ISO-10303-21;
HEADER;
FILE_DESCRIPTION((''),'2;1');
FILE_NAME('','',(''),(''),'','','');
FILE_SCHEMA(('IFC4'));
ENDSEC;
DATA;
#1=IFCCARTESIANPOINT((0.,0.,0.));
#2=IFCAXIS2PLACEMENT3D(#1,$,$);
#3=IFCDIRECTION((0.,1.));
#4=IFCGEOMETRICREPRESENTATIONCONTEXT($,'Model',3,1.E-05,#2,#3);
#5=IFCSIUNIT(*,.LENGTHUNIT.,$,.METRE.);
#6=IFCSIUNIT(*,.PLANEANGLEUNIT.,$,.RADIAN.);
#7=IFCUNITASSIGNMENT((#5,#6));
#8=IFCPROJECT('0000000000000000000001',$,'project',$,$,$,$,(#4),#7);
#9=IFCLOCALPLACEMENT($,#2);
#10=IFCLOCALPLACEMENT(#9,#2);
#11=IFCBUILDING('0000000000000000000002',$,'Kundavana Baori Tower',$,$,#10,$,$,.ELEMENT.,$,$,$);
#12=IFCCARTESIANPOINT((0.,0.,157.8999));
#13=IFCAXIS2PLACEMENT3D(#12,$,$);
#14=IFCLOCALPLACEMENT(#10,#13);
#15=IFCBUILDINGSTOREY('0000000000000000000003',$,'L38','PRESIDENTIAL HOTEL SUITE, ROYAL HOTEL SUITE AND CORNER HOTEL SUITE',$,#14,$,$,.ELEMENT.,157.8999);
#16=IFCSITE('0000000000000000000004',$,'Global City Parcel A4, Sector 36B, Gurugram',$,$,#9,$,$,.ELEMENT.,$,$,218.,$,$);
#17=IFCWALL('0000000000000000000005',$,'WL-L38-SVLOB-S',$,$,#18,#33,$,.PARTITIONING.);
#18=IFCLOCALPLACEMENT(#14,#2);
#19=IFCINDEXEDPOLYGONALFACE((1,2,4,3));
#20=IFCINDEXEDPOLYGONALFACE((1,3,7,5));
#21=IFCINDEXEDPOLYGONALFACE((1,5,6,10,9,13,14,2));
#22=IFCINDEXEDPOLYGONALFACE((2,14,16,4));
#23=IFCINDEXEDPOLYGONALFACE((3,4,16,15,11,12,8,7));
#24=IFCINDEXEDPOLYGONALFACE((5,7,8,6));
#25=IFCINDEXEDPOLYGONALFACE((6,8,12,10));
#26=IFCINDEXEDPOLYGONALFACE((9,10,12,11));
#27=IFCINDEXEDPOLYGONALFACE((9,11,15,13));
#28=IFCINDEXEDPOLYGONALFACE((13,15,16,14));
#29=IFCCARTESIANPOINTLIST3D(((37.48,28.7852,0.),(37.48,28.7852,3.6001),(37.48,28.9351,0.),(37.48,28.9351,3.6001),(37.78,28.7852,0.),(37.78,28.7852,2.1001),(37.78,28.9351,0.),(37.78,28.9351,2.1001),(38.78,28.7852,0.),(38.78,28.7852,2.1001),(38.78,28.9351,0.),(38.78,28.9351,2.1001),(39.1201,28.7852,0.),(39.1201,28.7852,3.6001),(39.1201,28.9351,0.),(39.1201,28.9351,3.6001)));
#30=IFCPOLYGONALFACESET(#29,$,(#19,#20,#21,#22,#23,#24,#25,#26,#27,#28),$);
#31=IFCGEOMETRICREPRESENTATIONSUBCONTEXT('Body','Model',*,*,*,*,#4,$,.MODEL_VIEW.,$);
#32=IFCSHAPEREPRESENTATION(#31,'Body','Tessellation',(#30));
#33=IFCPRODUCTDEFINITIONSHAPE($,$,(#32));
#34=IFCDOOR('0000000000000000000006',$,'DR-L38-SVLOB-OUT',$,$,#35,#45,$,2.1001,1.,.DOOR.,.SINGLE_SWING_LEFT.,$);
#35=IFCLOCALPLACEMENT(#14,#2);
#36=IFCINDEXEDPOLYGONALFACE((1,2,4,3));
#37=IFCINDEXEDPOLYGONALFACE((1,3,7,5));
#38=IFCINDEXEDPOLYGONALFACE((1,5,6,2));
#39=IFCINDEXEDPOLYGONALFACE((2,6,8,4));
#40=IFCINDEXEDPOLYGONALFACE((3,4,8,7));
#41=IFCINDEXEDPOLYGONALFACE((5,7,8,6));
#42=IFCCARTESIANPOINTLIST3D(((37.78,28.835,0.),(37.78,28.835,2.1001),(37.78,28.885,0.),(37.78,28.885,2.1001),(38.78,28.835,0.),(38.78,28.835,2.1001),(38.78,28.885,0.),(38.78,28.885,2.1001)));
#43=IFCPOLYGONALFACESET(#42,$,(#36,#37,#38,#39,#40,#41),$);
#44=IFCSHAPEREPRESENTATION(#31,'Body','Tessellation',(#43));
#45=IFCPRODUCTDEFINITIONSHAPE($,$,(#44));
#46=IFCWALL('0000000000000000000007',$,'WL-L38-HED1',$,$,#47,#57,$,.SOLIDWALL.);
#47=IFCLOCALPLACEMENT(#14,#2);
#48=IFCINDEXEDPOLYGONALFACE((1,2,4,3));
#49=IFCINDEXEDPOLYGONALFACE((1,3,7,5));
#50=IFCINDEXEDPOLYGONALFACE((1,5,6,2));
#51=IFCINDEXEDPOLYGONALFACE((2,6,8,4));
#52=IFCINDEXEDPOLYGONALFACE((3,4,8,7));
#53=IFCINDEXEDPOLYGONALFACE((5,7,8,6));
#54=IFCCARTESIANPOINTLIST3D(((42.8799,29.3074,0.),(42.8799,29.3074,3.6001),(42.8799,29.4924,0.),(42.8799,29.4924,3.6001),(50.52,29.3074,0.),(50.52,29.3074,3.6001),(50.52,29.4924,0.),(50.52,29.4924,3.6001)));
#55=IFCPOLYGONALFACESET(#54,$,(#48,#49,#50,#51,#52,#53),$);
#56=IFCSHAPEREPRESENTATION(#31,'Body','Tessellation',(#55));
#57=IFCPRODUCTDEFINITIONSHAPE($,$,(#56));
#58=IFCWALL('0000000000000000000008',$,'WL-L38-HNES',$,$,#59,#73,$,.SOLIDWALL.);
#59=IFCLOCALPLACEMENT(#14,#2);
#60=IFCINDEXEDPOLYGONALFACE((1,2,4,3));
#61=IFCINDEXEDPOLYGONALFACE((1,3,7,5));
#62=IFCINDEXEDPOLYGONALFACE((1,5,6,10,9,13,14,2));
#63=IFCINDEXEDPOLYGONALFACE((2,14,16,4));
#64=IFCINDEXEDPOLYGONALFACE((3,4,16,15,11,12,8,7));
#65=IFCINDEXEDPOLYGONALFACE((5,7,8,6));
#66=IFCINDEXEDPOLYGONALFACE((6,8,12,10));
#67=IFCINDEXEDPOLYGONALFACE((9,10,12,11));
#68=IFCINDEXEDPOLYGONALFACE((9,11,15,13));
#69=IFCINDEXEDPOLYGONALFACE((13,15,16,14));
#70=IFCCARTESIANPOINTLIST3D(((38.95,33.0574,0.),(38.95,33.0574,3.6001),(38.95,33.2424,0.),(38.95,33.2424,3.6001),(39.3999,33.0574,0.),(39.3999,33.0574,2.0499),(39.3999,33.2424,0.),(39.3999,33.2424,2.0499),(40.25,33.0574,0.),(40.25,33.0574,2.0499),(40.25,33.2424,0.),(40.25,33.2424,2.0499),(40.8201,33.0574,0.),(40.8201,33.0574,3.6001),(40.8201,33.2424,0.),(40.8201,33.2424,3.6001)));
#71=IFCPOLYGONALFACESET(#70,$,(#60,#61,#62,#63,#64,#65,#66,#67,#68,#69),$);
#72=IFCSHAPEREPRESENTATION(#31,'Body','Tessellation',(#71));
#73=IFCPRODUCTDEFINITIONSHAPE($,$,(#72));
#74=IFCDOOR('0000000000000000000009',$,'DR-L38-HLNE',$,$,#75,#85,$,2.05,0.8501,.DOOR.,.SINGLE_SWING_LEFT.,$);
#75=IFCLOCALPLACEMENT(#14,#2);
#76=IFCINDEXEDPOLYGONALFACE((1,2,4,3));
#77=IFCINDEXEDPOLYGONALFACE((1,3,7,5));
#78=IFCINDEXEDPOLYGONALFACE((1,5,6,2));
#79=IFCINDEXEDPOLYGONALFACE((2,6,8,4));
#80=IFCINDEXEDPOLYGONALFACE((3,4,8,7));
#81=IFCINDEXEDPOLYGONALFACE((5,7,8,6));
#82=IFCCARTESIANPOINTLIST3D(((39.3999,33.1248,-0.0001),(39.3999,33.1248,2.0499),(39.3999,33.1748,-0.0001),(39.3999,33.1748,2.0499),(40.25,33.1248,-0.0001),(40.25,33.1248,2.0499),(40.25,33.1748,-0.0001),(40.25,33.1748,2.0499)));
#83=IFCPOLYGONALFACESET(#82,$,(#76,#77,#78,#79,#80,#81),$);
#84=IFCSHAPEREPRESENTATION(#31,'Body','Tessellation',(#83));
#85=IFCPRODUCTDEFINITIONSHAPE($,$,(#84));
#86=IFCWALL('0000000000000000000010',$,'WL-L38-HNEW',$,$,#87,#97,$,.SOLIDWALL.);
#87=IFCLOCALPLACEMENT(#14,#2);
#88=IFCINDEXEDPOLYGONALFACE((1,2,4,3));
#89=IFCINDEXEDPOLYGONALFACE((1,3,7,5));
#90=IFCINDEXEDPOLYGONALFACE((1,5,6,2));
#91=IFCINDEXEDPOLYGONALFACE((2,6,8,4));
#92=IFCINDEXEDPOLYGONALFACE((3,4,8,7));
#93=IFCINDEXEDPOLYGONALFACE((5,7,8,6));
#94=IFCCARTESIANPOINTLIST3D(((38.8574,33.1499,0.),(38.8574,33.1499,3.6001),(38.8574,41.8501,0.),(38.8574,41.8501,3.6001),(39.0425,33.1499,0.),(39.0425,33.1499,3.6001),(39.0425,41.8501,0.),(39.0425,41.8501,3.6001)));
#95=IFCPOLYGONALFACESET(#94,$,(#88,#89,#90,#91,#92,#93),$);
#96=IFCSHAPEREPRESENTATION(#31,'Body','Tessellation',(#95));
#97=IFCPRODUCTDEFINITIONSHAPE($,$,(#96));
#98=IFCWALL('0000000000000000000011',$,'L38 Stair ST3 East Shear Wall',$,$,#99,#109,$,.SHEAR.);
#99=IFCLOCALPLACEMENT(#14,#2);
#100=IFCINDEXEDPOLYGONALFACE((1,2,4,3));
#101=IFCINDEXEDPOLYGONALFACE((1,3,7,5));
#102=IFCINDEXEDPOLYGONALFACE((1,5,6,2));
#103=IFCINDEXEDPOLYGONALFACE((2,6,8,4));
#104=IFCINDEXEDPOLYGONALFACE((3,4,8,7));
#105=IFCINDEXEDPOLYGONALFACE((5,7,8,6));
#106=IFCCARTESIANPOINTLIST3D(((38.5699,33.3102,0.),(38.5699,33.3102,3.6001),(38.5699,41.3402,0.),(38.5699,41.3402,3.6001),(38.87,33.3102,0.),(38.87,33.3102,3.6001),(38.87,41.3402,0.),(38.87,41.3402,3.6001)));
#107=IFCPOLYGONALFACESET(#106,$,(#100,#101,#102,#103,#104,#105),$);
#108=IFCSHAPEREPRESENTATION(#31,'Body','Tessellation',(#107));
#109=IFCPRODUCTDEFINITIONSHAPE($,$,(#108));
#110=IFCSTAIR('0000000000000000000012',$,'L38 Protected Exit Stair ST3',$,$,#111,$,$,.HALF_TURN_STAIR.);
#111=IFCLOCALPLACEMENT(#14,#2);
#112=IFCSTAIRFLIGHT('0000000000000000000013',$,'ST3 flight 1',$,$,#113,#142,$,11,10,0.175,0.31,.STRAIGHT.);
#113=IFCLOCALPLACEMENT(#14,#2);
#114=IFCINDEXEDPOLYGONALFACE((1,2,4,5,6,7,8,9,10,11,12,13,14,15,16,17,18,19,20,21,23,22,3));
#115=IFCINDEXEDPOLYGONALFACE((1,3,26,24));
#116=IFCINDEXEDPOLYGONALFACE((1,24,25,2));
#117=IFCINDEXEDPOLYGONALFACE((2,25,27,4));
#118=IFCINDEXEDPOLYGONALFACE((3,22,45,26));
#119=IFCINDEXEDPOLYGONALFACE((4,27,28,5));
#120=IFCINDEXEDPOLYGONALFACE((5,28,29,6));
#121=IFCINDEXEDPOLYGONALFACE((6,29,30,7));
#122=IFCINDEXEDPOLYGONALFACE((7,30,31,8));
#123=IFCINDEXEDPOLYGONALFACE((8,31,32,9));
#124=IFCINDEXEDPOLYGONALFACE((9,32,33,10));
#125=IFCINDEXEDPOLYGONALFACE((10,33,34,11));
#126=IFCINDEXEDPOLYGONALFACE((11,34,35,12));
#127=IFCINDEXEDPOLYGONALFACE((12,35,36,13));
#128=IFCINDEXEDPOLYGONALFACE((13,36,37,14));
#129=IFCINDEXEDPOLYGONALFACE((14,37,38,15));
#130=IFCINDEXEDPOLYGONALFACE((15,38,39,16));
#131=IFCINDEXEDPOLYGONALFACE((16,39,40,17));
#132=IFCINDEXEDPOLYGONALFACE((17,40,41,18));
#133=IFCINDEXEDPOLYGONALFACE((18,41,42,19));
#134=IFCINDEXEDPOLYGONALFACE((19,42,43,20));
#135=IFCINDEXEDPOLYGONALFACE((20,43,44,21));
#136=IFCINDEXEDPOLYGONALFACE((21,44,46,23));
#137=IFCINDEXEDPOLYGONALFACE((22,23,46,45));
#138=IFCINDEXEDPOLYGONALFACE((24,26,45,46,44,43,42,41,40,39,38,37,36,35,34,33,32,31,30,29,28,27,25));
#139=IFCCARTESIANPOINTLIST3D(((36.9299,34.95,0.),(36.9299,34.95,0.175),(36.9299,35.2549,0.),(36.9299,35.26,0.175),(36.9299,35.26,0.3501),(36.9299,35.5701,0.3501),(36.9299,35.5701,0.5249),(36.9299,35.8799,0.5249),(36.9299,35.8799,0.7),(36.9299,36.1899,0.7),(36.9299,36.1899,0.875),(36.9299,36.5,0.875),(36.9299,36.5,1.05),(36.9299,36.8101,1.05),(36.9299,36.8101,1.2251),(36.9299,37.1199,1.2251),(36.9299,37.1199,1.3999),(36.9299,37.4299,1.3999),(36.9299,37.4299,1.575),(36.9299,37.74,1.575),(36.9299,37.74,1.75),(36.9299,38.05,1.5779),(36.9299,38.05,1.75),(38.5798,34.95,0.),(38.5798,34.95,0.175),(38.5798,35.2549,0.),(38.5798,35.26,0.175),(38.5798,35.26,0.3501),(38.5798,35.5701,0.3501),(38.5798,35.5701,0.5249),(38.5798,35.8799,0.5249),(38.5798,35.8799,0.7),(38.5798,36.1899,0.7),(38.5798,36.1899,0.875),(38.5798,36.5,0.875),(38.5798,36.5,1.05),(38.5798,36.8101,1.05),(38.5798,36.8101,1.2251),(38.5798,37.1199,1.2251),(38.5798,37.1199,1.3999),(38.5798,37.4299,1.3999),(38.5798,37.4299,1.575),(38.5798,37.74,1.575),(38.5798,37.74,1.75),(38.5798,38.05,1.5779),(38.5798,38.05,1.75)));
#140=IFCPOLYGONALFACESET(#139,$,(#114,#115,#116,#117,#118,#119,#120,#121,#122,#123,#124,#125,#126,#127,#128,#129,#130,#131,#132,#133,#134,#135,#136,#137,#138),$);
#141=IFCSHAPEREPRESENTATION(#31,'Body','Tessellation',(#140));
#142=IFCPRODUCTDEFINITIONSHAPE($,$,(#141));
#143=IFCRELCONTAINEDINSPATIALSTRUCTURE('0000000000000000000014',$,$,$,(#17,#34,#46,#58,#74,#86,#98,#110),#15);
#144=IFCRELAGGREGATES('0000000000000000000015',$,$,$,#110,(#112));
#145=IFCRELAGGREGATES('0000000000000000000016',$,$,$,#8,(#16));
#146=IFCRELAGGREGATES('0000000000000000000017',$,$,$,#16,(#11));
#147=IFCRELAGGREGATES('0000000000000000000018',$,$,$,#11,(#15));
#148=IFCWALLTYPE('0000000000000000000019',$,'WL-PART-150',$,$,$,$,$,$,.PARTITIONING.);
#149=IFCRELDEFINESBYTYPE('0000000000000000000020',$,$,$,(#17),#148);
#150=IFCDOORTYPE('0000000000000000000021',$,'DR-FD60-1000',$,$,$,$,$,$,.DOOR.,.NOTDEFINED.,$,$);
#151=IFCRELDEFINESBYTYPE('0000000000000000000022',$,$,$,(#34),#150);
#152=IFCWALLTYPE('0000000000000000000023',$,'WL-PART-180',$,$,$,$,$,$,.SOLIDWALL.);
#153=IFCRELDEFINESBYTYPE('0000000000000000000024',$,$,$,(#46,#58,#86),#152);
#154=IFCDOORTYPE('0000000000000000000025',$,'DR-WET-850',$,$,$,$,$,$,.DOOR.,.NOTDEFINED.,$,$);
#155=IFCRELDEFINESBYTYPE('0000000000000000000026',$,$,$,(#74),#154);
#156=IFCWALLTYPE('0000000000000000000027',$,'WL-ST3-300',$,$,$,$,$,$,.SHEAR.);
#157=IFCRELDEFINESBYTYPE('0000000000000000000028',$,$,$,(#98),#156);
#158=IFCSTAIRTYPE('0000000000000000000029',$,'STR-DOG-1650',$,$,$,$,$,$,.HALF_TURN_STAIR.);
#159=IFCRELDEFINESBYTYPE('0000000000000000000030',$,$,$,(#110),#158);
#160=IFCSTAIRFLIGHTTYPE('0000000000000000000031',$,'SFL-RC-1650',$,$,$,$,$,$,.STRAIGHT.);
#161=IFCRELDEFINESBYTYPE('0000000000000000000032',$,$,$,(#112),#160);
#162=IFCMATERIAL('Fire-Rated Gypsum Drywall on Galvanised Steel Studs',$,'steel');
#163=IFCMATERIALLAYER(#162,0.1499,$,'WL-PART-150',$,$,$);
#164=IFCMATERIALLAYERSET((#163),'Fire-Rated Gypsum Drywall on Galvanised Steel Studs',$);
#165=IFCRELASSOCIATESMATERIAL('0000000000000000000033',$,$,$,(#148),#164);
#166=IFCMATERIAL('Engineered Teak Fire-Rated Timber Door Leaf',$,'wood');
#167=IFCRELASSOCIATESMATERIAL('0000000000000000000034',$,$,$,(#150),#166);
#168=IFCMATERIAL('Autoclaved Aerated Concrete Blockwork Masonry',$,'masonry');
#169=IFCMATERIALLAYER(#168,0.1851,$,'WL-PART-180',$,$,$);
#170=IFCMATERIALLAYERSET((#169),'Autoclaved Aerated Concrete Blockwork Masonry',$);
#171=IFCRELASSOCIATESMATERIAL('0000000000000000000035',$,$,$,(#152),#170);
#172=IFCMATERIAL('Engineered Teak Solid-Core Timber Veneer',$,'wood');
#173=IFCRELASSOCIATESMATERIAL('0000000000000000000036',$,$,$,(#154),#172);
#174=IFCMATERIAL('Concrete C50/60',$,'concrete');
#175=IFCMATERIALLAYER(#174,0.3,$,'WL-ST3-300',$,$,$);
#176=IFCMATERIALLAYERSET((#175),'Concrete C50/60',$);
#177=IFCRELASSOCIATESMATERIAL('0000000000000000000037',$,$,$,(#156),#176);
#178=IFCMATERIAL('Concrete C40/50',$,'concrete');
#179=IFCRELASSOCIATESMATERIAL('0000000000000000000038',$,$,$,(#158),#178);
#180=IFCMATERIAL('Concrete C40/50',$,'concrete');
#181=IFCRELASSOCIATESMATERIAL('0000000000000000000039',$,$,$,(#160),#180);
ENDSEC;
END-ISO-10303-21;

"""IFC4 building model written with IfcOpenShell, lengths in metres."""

from ifc_helpers import new_model, si_unit, direction, frame, frame_2d, origin, place, context, subcontext, project, spatial, polyline, rectangle, outline, extrude, material, layer, layer_set, type_object, element, fill, aggregate, save


model = new_model("IFC4")

# Units and contexts
model_context = context("Model", 3, precision=1e-05, world=origin(), true_north=direction((0.0, 1.0)))
body_context = subcontext(model_context, "Body", "Model", "MODEL_VIEW")
ifc_project = project(units=[si_unit("LENGTHUNIT", "METRE"), si_unit("PLANEANGLEUNIT", "RADIAN")], contexts=[model_context])

# Site, building, storey
site_placement = place(None, origin())
site = spatial("IfcSite", under=ifc_project, at=site_placement, Name="Global City Parcel A4, Sector 36B, Gurugram", CompositionType="ELEMENT", RefElevation=218.0)
building_placement = place(site_placement, origin())
building = spatial("IfcBuilding", under=site, at=building_placement, Name="Kundavana Baori Tower", CompositionType="ELEMENT")
storey_placement = place(building_placement, frame((0.0, 0.0, 157.8999)))
storey = spatial("IfcBuildingStorey", under=building, at=storey_placement, Name="L38", Description="PRESIDENTIAL HOTEL SUITE, ROYAL HOTEL SUITE AND CORNER HOTEL SUITE", CompositionType="ELEMENT", Elevation=157.8999)

# Shared definitions
ifc_material_1 = material(Name="Fire-Rated Gypsum Drywall on Galvanised Steel Studs", Category="steel")
ifc_layer_1 = layer(ifc_material_1, 0.1499, Name="WL-PART-150")
ifc_layer_set_1 = layer_set([ifc_layer_1], Name="Fire-Rated Gypsum Drywall on Galvanised Steel Studs")
wall_type_1 = type_object("IfcWallType", Name="WL-PART-150", PredefinedType="PARTITIONING", material=ifc_layer_set_1)

# Wall, opening, door
wall_1_placement = place(storey_placement, frame((37.48, 28.8601, 0.0), z_axis=(0.0, 0.0, 1.0), x_axis=(1.0, 0.0, 0.0)))
wall_1 = element("IfcWall", 1, at=wall_1_placement, inside=storey, type_object=wall_type_1, Name="WL-L38-SVLOB-S", PredefinedType="PARTITIONING", context=body_context, shape_type="SweptSolid", body=[
    extrude(rectangle(XDim=1.6401, YDim=0.1499, at=frame_2d((0.8201, 0.0))), origin(), (0.0, 0.0, 1.0), 3.6001),
])
opening_1_placement = place(wall_1_placement, frame((0.3, 0.0, 0.0)))
opening_1 = element("IfcOpeningElement", 2, at=opening_1_placement, cuts=wall_1, PredefinedType="OPENING", context=body_context, shape_type="SweptSolid", body=[
    extrude(rectangle(XDim=1.0, YDim=2.1001, at=frame_2d((0.5, 1.05))), frame((0.0, 0.085, 0.0), z_axis=(0.0, -1.0, 0.0), x_axis=(1.0, 0.0, 0.0)), (0.0, 0.0, 1.0), 0.1699),
])
ifc_material_2 = material(Name="Engineered Teak Fire-Rated Timber Door Leaf", Category="wood")
door_type_1 = type_object("IfcDoorType", Name="DR-FD60-1000", OperationType="NOTDEFINED", PredefinedType="DOOR", material=ifc_material_2)
door_1_placement = place(opening_1_placement, origin())
door_1 = element("IfcDoor", 3, at=door_1_placement, inside=storey, type_object=door_type_1, Name="DR-L38-SVLOB-OUT", OperationType="SINGLE_SWING_LEFT", OverallHeight=2.1001, OverallWidth=1.0, PredefinedType="DOOR", context=body_context, shape_type="SweptSolid", body=[
    extrude(rectangle(XDim=1.0, YDim=2.1001, at=frame_2d((0.5, 1.05))), frame((0.0, 0.0249, 0.0), z_axis=(0.0, -1.0, 0.0), x_axis=(1.0, 0.0, 0.0)), (0.0, 0.0, 1.0), 0.05),
])
fill(opening_1, door_1)

# Wall
ifc_material_3 = material(Name="Autoclaved Aerated Concrete Blockwork Masonry", Category="masonry")
ifc_layer_2 = layer(ifc_material_3, 0.1851, Name="WL-PART-180")
ifc_layer_set_2 = layer_set([ifc_layer_2], Name="Autoclaved Aerated Concrete Blockwork Masonry")
wall_type_2 = type_object("IfcWallType", Name="WL-PART-180", PredefinedType="SOLIDWALL", material=ifc_layer_set_2)
wall_2_placement = place(storey_placement, frame((42.8799, 29.3999, 0.0), z_axis=(0.0, 0.0, 1.0), x_axis=(1.0, 0.0, 0.0)))
element("IfcWall", 4, at=wall_2_placement, inside=storey, type_object=wall_type_2, Name="WL-L38-HED1", PredefinedType="SOLIDWALL", context=body_context, shape_type="SweptSolid", body=[
    extrude(rectangle(XDim=7.6401, YDim=0.1851, at=frame_2d((3.8201, 0.0))), origin(), (0.0, 0.0, 1.0), 3.6001),
])

# Wall, opening, door
wall_3_placement = place(storey_placement, frame((38.95, 33.1499, 0.0), z_axis=(0.0, 0.0, 1.0), x_axis=(1.0, 0.0, 0.0)))
wall_3 = element("IfcWall", 5, at=wall_3_placement, inside=storey, type_object=wall_type_2, Name="WL-L38-HNES", PredefinedType="SOLIDWALL", context=body_context, shape_type="SweptSolid", body=[
    extrude(rectangle(XDim=1.8701, YDim=0.1851, at=frame_2d((0.9351, 0.0))), origin(), (0.0, 0.0, 1.0), 3.6001),
])
opening_2_placement = place(wall_3_placement, frame((0.45, 0.0, 0.0)))
opening_2 = element("IfcOpeningElement", 6, at=opening_2_placement, cuts=wall_3, PredefinedType="OPENING", context=body_context, shape_type="SweptSolid", body=[
    extrude(rectangle(XDim=0.8501, YDim=2.05, at=frame_2d((0.425, 1.0249))), frame((0.0, 0.1025, 0.0), z_axis=(0.0, -1.0, 0.0), x_axis=(1.0, 0.0, 0.0)), (0.0, 0.0, 1.0), 0.2051),
])
ifc_material_4 = material(Name="Engineered Teak Solid-Core Timber Veneer", Category="wood")
door_type_2 = type_object("IfcDoorType", Name="DR-WET-850", OperationType="NOTDEFINED", PredefinedType="DOOR", material=ifc_material_4)
door_2_placement = place(opening_2_placement, origin())
door_2 = element("IfcDoor", 7, at=door_2_placement, inside=storey, type_object=door_type_2, Name="DR-L38-HLNE", OperationType="SINGLE_SWING_LEFT", OverallHeight=2.05, OverallWidth=0.8501, PredefinedType="DOOR", context=body_context, shape_type="SweptSolid", body=[
    extrude(rectangle(XDim=0.8501, YDim=2.05, at=frame_2d((0.425, 1.0249))), frame((0.0, 0.0249, 0.0), z_axis=(0.0, -1.0, 0.0), x_axis=(1.0, 0.0, 0.0)), (0.0, 0.0, 1.0), 0.05),
])
fill(opening_2, door_2)

# Wall
wall_4_placement = place(storey_placement, frame((38.95, 33.1499, 0.0), z_axis=(0.0, 0.0, 1.0), x_axis=(0.0, 1.0, 0.0)))
element("IfcWall", 8, at=wall_4_placement, inside=storey, type_object=wall_type_2, Name="WL-L38-HNEW", PredefinedType="SOLIDWALL", context=body_context, shape_type="SweptSolid", body=[
    extrude(rectangle(XDim=8.7002, YDim=0.1851, at=frame_2d((4.3501, 0.0))), origin(), (0.0, 0.0, 1.0), 3.6001),
])

# Wall
ifc_material_5 = material(Name="Concrete C50/60", Category="concrete")
ifc_layer_3 = layer(ifc_material_5, 0.3, Name="WL-ST3-300")
ifc_layer_set_3 = layer_set([ifc_layer_3], Name="Concrete C50/60")
wall_type_3 = type_object("IfcWallType", Name="WL-ST3-300", PredefinedType="SHEAR", material=ifc_layer_set_3)
wall_5_placement = place(storey_placement, frame((38.72, 33.3101, 0.0), z_axis=(0.0, 0.0, 1.0), x_axis=(0.0, 1.0, 0.0)))
element("IfcWall", 9, at=wall_5_placement, inside=storey, type_object=wall_type_3, Name="L38 Stair ST3 East Shear Wall", PredefinedType="SHEAR", context=body_context, shape_type="SweptSolid", body=[
    extrude(rectangle(XDim=8.03, YDim=0.3, at=frame_2d((4.0151, 0.0))), origin(), (0.0, 0.0, 1.0), 3.6001),
])

# Stair, stair flight
ifc_material_6 = material(Name="Concrete C40/50", Category="concrete")
stair_type = type_object("IfcStairType", Name="STR-DOG-1650", PredefinedType="HALF_TURN_STAIR", material=ifc_material_6)
stair_placement = place(storey_placement, origin())
stair = element("IfcStair", 10, at=stair_placement, inside=storey, type_object=stair_type, Name="L38 Protected Exit Stair ST3", PredefinedType="HALF_TURN_STAIR")
ifc_material_7 = material(Name="Concrete C40/50", Category="concrete")
stair_flight_type = type_object("IfcStairFlightType", Name="SFL-RC-1650", PredefinedType="STRAIGHT", material=ifc_material_7)
stair_flight_placement = place(storey_placement, frame((37.7549, 34.95, 0.0), z_axis=(0.0, 0.0, 1.0), x_axis=(0.0, 1.0, 0.0)))
stair_flight = element("IfcStairFlight", 11, at=stair_flight_placement, type_object=stair_flight_type, Name="ST3 flight 1", NumberOfRisers=11, NumberOfTreads=10, PredefinedType="STRAIGHT", RiserHeight=0.175, TreadLength=0.31, context=body_context, shape_type="SweptSolid", body=[
    extrude(outline(polyline([(0.0, 0.0), (0.0, 0.175), (0.3101, 0.175), (0.3101, 0.3501), (0.6201, 0.3501), (0.6201, 0.5249), (0.9299, 0.5249), (0.9299, 0.7), (1.24, 0.7), (1.24, 0.875), (1.55, 0.875), (1.55, 1.05), (1.8601, 1.05), (1.8601, 1.2251), (2.1699, 1.2251), (2.1699, 1.3999), (2.48, 1.3999), (2.48, 1.575), (2.79, 1.575), (2.79, 1.75), (3.1001, 1.75), (3.1001, 1.925), (3.1001, 1.5779), (0.3049, 0.0), (0.0, 0.0)])), frame((0.0, 0.825, 0.0), z_axis=(0.0, -1.0, 0.0), x_axis=(1.0, 0.0, 0.0)), (0.0, 0.0, 1.0), 1.6499),
])
aggregate(stair, [stair_flight])

save(model, "model.ifc")
